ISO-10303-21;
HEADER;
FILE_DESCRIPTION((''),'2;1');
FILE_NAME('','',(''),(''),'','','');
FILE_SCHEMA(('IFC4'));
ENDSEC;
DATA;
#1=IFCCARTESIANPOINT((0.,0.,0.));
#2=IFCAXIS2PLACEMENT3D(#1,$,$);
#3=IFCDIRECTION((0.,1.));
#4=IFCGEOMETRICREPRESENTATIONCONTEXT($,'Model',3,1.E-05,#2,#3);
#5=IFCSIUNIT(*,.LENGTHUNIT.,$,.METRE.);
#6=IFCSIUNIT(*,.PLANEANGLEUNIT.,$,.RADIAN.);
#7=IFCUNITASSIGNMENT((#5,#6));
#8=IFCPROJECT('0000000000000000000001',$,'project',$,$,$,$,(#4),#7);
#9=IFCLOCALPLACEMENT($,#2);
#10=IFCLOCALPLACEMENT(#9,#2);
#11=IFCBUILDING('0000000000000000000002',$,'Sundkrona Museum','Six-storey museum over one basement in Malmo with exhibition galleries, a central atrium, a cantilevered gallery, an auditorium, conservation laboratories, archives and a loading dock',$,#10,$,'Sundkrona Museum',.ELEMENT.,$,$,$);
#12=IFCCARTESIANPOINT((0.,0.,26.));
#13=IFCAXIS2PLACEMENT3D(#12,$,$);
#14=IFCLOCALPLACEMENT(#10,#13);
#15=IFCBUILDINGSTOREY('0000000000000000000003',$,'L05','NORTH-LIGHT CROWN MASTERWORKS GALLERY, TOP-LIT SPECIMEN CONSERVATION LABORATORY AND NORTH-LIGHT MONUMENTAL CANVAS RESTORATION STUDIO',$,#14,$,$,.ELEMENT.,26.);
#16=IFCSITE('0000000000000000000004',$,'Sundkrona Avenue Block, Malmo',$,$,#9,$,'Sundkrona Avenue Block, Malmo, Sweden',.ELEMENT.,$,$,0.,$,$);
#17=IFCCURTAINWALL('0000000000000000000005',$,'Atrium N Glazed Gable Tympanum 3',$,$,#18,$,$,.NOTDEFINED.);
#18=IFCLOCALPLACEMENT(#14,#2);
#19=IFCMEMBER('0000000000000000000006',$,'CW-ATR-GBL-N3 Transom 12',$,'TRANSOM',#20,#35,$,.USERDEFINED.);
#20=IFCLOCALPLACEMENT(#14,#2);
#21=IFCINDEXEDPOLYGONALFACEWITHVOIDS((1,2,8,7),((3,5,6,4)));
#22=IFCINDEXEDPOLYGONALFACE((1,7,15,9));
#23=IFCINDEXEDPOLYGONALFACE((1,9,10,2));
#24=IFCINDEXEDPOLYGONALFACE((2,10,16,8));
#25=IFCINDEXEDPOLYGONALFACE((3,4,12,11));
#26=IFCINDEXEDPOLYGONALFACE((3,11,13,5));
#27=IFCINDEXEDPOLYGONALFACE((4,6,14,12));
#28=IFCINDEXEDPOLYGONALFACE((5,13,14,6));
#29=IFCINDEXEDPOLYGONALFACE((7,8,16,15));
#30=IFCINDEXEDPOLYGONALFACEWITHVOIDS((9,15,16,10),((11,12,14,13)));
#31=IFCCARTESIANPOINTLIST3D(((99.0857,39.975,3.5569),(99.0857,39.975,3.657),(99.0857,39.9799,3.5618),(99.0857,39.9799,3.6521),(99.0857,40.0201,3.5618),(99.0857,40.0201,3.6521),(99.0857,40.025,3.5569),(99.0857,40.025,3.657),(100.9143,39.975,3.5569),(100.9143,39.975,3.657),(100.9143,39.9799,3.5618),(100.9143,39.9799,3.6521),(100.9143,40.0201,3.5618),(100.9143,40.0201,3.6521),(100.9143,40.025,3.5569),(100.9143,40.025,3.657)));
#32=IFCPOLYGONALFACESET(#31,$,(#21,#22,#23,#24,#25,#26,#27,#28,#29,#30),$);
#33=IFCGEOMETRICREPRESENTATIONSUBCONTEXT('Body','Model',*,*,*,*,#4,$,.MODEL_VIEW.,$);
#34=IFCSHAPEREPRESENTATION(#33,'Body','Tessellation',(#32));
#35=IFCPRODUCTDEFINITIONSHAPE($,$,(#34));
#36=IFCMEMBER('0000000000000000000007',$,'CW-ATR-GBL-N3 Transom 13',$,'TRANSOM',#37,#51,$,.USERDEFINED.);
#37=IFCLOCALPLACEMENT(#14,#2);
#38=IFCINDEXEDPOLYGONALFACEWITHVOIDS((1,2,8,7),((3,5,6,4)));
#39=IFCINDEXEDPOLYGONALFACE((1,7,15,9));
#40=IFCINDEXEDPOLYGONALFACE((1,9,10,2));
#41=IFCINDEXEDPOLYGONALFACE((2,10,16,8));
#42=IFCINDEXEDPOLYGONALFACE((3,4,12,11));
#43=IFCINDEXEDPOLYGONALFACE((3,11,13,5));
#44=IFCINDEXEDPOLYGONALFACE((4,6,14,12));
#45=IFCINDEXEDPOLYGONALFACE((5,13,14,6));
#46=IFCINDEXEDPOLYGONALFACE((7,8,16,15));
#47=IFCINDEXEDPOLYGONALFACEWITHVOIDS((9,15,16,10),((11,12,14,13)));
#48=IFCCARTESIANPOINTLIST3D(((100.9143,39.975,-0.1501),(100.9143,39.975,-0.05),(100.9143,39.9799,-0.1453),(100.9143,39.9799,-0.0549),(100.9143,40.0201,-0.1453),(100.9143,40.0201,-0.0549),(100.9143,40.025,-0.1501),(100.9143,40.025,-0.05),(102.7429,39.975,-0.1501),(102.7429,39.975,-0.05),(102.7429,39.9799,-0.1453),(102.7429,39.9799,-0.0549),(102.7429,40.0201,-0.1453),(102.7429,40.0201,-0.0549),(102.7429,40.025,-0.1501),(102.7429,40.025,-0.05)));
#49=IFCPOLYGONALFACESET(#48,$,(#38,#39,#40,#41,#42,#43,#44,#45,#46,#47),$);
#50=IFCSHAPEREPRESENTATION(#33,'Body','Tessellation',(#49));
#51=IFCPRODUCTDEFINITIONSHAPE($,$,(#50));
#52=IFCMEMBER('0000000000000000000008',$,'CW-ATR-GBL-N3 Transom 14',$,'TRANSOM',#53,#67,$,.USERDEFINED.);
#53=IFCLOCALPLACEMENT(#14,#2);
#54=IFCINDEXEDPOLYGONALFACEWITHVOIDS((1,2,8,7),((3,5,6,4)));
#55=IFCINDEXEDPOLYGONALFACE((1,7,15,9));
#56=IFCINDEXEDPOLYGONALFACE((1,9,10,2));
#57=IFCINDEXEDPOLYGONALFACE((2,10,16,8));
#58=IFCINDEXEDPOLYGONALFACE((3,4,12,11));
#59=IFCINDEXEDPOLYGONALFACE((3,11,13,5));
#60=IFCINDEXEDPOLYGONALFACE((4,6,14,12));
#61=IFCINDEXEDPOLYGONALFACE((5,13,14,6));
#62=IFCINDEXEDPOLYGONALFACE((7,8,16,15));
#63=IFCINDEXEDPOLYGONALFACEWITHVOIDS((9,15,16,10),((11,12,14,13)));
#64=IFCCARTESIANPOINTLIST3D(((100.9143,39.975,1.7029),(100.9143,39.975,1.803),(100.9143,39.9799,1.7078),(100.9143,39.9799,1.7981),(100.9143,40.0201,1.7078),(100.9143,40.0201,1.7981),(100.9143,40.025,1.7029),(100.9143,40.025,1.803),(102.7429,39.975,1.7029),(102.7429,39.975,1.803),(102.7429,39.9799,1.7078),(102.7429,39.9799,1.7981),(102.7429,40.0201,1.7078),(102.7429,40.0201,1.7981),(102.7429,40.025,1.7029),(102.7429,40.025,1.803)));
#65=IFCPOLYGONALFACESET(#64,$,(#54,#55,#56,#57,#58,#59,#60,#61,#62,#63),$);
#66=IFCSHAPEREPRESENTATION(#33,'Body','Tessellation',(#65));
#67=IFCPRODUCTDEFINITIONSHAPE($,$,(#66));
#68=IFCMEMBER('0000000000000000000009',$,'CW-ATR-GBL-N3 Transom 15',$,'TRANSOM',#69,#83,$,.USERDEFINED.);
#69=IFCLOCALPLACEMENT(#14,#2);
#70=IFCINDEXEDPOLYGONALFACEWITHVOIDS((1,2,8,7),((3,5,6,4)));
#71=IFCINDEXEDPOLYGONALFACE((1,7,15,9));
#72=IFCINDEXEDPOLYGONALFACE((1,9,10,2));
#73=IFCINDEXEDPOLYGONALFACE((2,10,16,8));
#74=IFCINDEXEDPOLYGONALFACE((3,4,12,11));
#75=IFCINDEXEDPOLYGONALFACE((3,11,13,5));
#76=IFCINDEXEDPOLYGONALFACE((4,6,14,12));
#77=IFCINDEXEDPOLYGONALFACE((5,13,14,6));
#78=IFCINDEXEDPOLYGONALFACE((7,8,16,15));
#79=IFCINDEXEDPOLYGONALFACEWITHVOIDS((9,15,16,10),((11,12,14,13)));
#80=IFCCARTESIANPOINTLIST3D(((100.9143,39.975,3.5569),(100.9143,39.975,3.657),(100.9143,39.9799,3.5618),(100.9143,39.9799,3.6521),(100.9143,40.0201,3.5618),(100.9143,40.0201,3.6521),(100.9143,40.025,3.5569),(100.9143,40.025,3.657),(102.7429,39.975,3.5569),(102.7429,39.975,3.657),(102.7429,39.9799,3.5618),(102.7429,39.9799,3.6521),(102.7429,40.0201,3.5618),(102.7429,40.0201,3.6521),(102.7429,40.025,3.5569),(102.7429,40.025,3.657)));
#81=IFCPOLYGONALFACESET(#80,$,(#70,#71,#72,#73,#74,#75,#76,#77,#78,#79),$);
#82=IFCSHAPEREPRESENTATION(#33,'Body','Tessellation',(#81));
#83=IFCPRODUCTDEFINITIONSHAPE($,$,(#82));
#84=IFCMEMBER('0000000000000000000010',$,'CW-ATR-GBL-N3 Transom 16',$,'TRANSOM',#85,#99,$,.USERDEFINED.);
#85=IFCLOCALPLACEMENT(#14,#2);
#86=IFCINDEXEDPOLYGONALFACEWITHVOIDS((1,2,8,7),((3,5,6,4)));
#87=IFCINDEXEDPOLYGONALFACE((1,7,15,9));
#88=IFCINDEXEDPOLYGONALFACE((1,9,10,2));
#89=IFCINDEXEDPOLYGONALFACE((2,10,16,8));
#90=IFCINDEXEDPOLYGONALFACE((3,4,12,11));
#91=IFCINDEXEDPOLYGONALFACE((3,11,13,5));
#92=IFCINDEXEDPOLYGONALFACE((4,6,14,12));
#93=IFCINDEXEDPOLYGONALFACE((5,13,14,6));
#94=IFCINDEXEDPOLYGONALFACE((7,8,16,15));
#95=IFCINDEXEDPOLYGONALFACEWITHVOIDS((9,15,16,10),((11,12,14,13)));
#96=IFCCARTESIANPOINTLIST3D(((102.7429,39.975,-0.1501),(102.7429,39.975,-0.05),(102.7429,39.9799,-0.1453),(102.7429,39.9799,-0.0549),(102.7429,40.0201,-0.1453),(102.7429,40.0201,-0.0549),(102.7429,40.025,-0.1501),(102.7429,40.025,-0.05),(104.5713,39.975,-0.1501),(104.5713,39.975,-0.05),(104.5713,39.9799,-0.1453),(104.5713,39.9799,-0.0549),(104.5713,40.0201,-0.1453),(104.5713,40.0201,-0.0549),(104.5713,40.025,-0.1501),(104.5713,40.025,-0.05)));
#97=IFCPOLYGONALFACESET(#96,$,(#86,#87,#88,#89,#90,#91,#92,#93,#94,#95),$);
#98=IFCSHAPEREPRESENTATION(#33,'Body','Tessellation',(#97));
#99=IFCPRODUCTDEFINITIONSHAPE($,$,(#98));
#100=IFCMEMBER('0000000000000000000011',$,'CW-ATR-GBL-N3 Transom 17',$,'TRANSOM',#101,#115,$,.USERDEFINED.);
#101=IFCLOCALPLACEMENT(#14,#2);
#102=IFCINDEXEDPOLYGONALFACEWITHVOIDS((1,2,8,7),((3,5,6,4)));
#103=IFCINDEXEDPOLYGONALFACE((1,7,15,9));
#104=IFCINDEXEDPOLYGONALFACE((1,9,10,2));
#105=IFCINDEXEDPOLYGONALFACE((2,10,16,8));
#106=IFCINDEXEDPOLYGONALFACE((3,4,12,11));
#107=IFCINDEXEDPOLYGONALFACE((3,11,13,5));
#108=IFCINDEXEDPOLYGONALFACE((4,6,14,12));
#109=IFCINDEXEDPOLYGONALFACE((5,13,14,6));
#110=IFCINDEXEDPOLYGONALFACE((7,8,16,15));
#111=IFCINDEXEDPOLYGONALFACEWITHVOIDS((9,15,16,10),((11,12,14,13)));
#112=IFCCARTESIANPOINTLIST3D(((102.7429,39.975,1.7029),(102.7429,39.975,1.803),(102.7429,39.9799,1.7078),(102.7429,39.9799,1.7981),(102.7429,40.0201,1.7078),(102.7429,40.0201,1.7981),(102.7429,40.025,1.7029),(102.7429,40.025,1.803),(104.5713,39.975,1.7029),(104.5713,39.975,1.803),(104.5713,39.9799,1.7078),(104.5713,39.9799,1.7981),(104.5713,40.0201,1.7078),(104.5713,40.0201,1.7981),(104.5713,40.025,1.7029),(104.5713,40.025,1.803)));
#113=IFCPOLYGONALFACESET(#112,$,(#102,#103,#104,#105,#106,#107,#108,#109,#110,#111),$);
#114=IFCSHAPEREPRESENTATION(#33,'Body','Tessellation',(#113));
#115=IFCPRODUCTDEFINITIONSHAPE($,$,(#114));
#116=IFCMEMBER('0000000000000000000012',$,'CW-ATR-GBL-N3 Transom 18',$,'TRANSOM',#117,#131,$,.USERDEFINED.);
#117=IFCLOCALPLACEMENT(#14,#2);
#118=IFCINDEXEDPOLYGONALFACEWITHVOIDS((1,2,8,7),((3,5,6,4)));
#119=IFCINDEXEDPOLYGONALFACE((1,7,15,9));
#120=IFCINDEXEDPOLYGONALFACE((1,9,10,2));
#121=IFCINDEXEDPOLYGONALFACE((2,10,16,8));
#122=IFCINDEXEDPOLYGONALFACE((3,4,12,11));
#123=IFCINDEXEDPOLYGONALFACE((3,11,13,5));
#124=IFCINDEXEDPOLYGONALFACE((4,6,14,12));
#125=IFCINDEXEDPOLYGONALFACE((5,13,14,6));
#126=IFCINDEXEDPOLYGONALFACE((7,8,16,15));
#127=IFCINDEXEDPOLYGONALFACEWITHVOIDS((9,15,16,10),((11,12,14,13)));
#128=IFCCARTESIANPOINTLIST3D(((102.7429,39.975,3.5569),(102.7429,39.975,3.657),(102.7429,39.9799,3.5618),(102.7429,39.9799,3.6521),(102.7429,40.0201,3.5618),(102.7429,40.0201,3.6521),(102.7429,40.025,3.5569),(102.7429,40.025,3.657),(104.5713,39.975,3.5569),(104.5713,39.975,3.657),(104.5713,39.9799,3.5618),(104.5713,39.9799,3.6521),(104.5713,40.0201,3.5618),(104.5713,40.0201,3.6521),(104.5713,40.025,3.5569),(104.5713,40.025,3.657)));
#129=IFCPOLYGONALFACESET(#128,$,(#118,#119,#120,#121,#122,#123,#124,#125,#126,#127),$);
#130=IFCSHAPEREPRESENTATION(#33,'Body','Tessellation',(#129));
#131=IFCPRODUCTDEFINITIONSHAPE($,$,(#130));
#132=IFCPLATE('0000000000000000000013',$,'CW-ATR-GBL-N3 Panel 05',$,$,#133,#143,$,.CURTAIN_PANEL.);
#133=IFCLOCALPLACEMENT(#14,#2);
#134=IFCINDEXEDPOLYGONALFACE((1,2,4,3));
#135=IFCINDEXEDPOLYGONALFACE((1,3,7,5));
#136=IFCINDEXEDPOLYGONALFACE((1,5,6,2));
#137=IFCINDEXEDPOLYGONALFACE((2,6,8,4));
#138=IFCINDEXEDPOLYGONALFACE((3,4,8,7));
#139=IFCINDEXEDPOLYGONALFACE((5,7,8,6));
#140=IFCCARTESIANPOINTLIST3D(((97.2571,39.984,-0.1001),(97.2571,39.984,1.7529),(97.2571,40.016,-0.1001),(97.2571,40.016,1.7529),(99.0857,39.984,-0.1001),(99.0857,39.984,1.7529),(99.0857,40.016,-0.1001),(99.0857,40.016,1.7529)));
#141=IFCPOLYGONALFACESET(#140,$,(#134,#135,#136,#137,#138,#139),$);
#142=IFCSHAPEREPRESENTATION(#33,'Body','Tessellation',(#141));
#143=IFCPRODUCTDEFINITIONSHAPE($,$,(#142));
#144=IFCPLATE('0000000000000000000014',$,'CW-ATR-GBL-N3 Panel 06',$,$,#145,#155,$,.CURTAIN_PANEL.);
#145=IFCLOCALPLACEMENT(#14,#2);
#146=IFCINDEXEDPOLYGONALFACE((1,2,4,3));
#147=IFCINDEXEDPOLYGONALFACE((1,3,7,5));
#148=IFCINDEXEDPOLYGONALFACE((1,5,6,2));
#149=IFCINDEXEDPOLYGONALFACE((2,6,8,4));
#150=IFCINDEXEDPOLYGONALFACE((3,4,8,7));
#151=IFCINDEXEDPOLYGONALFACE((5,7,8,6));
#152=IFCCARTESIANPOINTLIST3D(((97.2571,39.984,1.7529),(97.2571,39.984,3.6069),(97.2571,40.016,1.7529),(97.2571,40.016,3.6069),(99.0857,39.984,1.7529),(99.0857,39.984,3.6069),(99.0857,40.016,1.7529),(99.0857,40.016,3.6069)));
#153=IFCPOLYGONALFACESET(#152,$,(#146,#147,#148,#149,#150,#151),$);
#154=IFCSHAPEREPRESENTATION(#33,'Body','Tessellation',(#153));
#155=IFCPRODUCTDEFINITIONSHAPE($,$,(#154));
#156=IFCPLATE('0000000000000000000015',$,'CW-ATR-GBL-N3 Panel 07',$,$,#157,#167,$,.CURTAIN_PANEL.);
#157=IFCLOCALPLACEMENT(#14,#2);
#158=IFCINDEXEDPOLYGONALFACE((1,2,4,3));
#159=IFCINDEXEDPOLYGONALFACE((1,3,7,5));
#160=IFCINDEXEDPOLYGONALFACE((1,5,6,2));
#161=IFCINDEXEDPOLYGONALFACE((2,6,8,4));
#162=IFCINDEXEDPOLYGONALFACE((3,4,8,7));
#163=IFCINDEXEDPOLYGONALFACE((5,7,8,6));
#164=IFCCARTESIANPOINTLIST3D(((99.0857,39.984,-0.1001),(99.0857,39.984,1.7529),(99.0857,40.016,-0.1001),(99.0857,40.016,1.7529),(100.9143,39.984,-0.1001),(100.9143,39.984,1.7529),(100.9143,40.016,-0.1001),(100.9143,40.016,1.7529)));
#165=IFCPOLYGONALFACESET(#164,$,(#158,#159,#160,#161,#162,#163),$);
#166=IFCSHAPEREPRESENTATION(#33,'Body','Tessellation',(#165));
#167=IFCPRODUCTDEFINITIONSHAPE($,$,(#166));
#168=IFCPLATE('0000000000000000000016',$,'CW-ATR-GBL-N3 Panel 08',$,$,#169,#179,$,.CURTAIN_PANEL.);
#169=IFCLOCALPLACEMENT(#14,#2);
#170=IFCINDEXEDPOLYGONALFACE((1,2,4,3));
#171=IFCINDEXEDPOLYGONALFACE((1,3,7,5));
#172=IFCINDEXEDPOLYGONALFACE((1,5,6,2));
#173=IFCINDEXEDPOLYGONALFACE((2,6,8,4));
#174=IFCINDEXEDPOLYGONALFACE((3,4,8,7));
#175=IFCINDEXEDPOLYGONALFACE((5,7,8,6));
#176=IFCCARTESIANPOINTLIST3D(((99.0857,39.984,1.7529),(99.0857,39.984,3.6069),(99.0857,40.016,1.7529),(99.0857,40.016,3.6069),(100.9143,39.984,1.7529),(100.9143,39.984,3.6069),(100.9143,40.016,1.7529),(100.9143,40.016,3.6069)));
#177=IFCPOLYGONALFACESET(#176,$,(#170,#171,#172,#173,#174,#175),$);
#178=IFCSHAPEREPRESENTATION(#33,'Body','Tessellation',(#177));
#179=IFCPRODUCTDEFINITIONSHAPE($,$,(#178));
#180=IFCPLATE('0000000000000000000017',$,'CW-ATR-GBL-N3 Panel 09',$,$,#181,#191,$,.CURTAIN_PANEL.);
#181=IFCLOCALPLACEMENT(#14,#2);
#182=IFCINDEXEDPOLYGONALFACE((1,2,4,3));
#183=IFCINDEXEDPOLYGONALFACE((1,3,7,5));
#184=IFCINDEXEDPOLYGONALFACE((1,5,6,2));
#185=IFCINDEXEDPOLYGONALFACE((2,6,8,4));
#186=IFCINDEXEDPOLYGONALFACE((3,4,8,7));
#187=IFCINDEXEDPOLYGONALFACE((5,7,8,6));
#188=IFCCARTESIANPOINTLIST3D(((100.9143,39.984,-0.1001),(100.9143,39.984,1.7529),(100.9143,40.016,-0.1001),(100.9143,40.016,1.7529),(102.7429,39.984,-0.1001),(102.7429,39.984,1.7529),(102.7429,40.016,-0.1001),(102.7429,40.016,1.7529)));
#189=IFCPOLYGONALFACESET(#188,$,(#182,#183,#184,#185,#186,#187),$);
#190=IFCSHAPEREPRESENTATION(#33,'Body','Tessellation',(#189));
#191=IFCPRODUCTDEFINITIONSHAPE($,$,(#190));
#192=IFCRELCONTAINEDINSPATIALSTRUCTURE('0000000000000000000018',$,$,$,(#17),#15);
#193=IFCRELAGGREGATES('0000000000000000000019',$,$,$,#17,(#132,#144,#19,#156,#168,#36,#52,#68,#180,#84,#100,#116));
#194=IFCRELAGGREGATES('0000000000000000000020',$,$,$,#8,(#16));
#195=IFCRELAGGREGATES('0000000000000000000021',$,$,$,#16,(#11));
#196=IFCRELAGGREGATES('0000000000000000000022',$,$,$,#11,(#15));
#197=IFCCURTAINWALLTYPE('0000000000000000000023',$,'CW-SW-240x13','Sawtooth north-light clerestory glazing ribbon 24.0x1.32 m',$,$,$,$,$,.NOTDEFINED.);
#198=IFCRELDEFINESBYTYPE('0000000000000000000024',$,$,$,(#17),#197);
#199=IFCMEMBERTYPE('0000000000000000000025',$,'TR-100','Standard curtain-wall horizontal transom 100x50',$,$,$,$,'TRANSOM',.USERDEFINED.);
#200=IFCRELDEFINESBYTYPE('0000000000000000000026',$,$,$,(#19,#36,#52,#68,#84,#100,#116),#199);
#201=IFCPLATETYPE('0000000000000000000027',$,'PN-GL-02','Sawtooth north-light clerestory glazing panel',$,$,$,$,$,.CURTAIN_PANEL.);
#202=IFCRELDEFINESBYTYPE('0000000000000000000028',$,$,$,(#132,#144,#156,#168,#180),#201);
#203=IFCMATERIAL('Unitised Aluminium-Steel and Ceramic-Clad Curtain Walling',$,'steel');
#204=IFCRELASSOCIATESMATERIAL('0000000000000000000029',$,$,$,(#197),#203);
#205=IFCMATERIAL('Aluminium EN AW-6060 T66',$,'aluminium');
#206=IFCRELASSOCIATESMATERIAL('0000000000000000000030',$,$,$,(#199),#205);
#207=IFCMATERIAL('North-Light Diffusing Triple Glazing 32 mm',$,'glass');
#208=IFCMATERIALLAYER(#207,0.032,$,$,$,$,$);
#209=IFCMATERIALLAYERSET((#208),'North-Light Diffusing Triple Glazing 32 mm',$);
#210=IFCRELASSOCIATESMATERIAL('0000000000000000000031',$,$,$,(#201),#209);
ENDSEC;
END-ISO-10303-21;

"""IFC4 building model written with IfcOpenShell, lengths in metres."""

from ifc_helpers import new_model, si_unit, direction, frame, origin, origin_2d, place, context, subcontext, project, spatial, rectangle, hollow_rectangle, extrude, material, layer, layer_set, material_profile, profile_set, type_object, element, aggregate, save


model = new_model("IFC4")

# Units and contexts
model_context = context("Model", 3, precision=1e-05, world=origin(), true_north=direction((0.0, 1.0)))
body_context = subcontext(model_context, "Body", "Model", "MODEL_VIEW")
ifc_project = project(units=[si_unit("LENGTHUNIT", "METRE"), si_unit("PLANEANGLEUNIT", "RADIAN")], contexts=[model_context])

# Site, building, storey
site_placement = place(None, origin())
site = spatial("IfcSite", under=ifc_project, at=site_placement, Name="Sundkrona Avenue Block, Malmo", LongName="Sundkrona Avenue Block, Malmo, Sweden", CompositionType="ELEMENT", RefElevation=0.0)
building_placement = place(site_placement, origin())
building = spatial("IfcBuilding", under=site, at=building_placement, Name="Sundkrona Museum", Description="Six-storey museum over one basement in Malmo with exhibition galleries, a central atrium, a cantilevered gallery, an auditorium, conservation laboratories, archives and a loading dock", LongName="Sundkrona Museum", CompositionType="ELEMENT")
storey_placement = place(building_placement, frame((0.0, 0.0, 26.0)))
storey = spatial("IfcBuildingStorey", under=building, at=storey_placement, Name="L05", Description="NORTH-LIGHT CROWN MASTERWORKS GALLERY, TOP-LIT SPECIMEN CONSERVATION LABORATORY AND NORTH-LIGHT MONUMENTAL CANVAS RESTORATION STUDIO", CompositionType="ELEMENT", Elevation=26.0)

# Curtain wall
ifc_material_1 = material(Name="Unitised Aluminium-Steel and Ceramic-Clad Curtain Walling", Category="steel")
curtain_wall_type = type_object("IfcCurtainWallType", Name="CW-SW-240x13", Description="Sawtooth north-light clerestory glazing ribbon 24.0x1.32 m", PredefinedType="NOTDEFINED", material=ifc_material_1)
curtain_wall_placement = place(storey_placement, origin())
curtain_wall = element("IfcCurtainWall", 1, at=curtain_wall_placement, inside=storey, type_object=curtain_wall_type, Name="Atrium N Glazed Gable Tympanum 3", PredefinedType="NOTDEFINED")
ifc_material_2 = material(Name="Aluminium EN AW-6060 T66", Category="aluminium")

# Members
ifc_material_profile_1 = material_profile(ifc_material_2, hollow_rectangle(XDim=0.05, YDim=0.1001, WallThickness=0.0049, at=origin_2d()), Name="RHS 100x50x5.0")
ifc_profile_set_1 = profile_set([ifc_material_profile_1], Name="Aluminium EN AW-6060 T66")
member_type_1 = type_object("IfcMemberType", Name="TR-100", Description="Standard curtain-wall horizontal transom 100x50", ElementType="TRANSOM", PredefinedType="USERDEFINED", material=ifc_profile_set_1)
member_1_placement = place(storey_placement, frame((99.0857, 40.0, 3.6069), z_axis=(1.0, 0.0, 0.0), x_axis=(0.0, 1.0, 0.0)))
member_1 = element("IfcMember", 2, at=member_1_placement, type_object=member_type_1, Name="CW-ATR-GBL-N3 Transom 12", ObjectType="TRANSOM", PredefinedType="USERDEFINED", context=body_context, shape_type="SweptSolid", body=[
    extrude(hollow_rectangle(XDim=0.05, YDim=0.1001, WallThickness=0.0049, at=origin_2d()), origin(), (0.0, 0.0, 1.0), 1.8286),
])
member_2_placement = place(storey_placement, frame((100.9143, 40.0, -0.1001), z_axis=(1.0, 0.0, 0.0), x_axis=(0.0, 1.0, 0.0)))
member_2 = element("IfcMember", 3, at=member_2_placement, type_object=member_type_1, Name="CW-ATR-GBL-N3 Transom 13", ObjectType="TRANSOM", PredefinedType="USERDEFINED", context=body_context, shape_type="SweptSolid", body=[
    extrude(hollow_rectangle(XDim=0.05, YDim=0.1001, WallThickness=0.0049, at=origin_2d()), origin(), (0.0, 0.0, 1.0), 1.8286),
])
member_3_placement = place(storey_placement, frame((100.9143, 40.0, 1.7529), z_axis=(1.0, 0.0, 0.0), x_axis=(0.0, 1.0, 0.0)))
member_3 = element("IfcMember", 4, at=member_3_placement, type_object=member_type_1, Name="CW-ATR-GBL-N3 Transom 14", ObjectType="TRANSOM", PredefinedType="USERDEFINED", context=body_context, shape_type="SweptSolid", body=[
    extrude(hollow_rectangle(XDim=0.05, YDim=0.1001, WallThickness=0.0049, at=origin_2d()), origin(), (0.0, 0.0, 1.0), 1.8286),
])
member_4_placement = place(storey_placement, frame((100.9143, 40.0, 3.6069), z_axis=(1.0, 0.0, 0.0), x_axis=(0.0, 1.0, 0.0)))
member_4 = element("IfcMember", 5, at=member_4_placement, type_object=member_type_1, Name="CW-ATR-GBL-N3 Transom 15", ObjectType="TRANSOM", PredefinedType="USERDEFINED", context=body_context, shape_type="SweptSolid", body=[
    extrude(hollow_rectangle(XDim=0.05, YDim=0.1001, WallThickness=0.0049, at=origin_2d()), origin(), (0.0, 0.0, 1.0), 1.8286),
])
member_5_placement = place(storey_placement, frame((102.7429, 40.0, -0.1001), z_axis=(1.0, 0.0, 0.0), x_axis=(0.0, 1.0, 0.0)))
member_5 = element("IfcMember", 6, at=member_5_placement, type_object=member_type_1, Name="CW-ATR-GBL-N3 Transom 16", ObjectType="TRANSOM", PredefinedType="USERDEFINED", context=body_context, shape_type="SweptSolid", body=[
    extrude(hollow_rectangle(XDim=0.05, YDim=0.1001, WallThickness=0.0049, at=origin_2d()), origin(), (0.0, 0.0, 1.0), 1.8284),
])
member_6_placement = place(storey_placement, frame((102.7429, 40.0, 1.7529), z_axis=(1.0, 0.0, 0.0), x_axis=(0.0, 1.0, 0.0)))
member_6 = element("IfcMember", 7, at=member_6_placement, type_object=member_type_1, Name="CW-ATR-GBL-N3 Transom 17", ObjectType="TRANSOM", PredefinedType="USERDEFINED", context=body_context, shape_type="SweptSolid", body=[
    extrude(hollow_rectangle(XDim=0.05, YDim=0.1001, WallThickness=0.0049, at=origin_2d()), origin(), (0.0, 0.0, 1.0), 1.8284),
])
member_7_placement = place(storey_placement, frame((102.7429, 40.0, 3.6069), z_axis=(1.0, 0.0, 0.0), x_axis=(0.0, 1.0, 0.0)))
member_7 = element("IfcMember", 8, at=member_7_placement, type_object=member_type_1, Name="CW-ATR-GBL-N3 Transom 18", ObjectType="TRANSOM", PredefinedType="USERDEFINED", context=body_context, shape_type="SweptSolid", body=[
    extrude(hollow_rectangle(XDim=0.05, YDim=0.1001, WallThickness=0.0049, at=origin_2d()), origin(), (0.0, 0.0, 1.0), 1.8284),
])

# Plates
ifc_material_3 = material(Name="North-Light Diffusing Triple Glazing 32 mm", Category="glass")
ifc_layer = layer(ifc_material_3, 0.032)
ifc_layer_set = layer_set([ifc_layer], Name="North-Light Diffusing Triple Glazing 32 mm")
plate_type = type_object("IfcPlateType", Name="PN-GL-02", Description="Sawtooth north-light clerestory glazing panel", PredefinedType="CURTAIN_PANEL", material=ifc_layer_set)
plate_1_placement = place(storey_placement, frame((98.1714, 40.0, -0.1001), z_axis=(0.0, 0.0, 1.0), x_axis=(1.0, 0.0, 0.0)))
plate_1 = element("IfcPlate", 9, at=plate_1_placement, type_object=plate_type, Name="CW-ATR-GBL-N3 Panel 05", PredefinedType="CURTAIN_PANEL", context=body_context, shape_type="SweptSolid", body=[
    extrude(rectangle(XDim=1.8286, YDim=0.032, at=origin_2d()), origin(), (0.0, 0.0, 1.0), 1.853),
])
plate_2_placement = place(storey_placement, frame((98.1714, 40.0, 1.7529), z_axis=(0.0, 0.0, 1.0), x_axis=(1.0, 0.0, 0.0)))
plate_2 = element("IfcPlate", 10, at=plate_2_placement, type_object=plate_type, Name="CW-ATR-GBL-N3 Panel 06", PredefinedType="CURTAIN_PANEL", context=body_context, shape_type="SweptSolid", body=[
    extrude(rectangle(XDim=1.8286, YDim=0.032, at=origin_2d()), origin(), (0.0, 0.0, 1.0), 1.854),
])
plate_3_placement = place(storey_placement, frame((100.0, 40.0, -0.1001), z_axis=(0.0, 0.0, 1.0), x_axis=(1.0, 0.0, 0.0)))
plate_3 = element("IfcPlate", 11, at=plate_3_placement, type_object=plate_type, Name="CW-ATR-GBL-N3 Panel 07", PredefinedType="CURTAIN_PANEL", context=body_context, shape_type="SweptSolid", body=[
    extrude(rectangle(XDim=1.8286, YDim=0.032, at=origin_2d()), origin(), (0.0, 0.0, 1.0), 1.853),
])
plate_4_placement = place(storey_placement, frame((100.0, 40.0, 1.7529), z_axis=(0.0, 0.0, 1.0), x_axis=(1.0, 0.0, 0.0)))
plate_4 = element("IfcPlate", 12, at=plate_4_placement, type_object=plate_type, Name="CW-ATR-GBL-N3 Panel 08", PredefinedType="CURTAIN_PANEL", context=body_context, shape_type="SweptSolid", body=[
    extrude(rectangle(XDim=1.8286, YDim=0.032, at=origin_2d()), origin(), (0.0, 0.0, 1.0), 1.854),
])
plate_5_placement = place(storey_placement, frame((101.8286, 40.0, -0.1001), z_axis=(0.0, 0.0, 1.0), x_axis=(1.0, 0.0, 0.0)))
plate_5 = element("IfcPlate", 13, at=plate_5_placement, type_object=plate_type, Name="CW-ATR-GBL-N3 Panel 09", PredefinedType="CURTAIN_PANEL", context=body_context, shape_type="SweptSolid", body=[
    extrude(rectangle(XDim=1.8286, YDim=0.032, at=origin_2d()), origin(), (0.0, 0.0, 1.0), 1.853),
])
aggregate(curtain_wall, [plate_1, plate_2, member_1, plate_3, plate_4, member_2, member_3, member_4, plate_5, member_5, member_6, member_7])

save(model, "model.ifc")
